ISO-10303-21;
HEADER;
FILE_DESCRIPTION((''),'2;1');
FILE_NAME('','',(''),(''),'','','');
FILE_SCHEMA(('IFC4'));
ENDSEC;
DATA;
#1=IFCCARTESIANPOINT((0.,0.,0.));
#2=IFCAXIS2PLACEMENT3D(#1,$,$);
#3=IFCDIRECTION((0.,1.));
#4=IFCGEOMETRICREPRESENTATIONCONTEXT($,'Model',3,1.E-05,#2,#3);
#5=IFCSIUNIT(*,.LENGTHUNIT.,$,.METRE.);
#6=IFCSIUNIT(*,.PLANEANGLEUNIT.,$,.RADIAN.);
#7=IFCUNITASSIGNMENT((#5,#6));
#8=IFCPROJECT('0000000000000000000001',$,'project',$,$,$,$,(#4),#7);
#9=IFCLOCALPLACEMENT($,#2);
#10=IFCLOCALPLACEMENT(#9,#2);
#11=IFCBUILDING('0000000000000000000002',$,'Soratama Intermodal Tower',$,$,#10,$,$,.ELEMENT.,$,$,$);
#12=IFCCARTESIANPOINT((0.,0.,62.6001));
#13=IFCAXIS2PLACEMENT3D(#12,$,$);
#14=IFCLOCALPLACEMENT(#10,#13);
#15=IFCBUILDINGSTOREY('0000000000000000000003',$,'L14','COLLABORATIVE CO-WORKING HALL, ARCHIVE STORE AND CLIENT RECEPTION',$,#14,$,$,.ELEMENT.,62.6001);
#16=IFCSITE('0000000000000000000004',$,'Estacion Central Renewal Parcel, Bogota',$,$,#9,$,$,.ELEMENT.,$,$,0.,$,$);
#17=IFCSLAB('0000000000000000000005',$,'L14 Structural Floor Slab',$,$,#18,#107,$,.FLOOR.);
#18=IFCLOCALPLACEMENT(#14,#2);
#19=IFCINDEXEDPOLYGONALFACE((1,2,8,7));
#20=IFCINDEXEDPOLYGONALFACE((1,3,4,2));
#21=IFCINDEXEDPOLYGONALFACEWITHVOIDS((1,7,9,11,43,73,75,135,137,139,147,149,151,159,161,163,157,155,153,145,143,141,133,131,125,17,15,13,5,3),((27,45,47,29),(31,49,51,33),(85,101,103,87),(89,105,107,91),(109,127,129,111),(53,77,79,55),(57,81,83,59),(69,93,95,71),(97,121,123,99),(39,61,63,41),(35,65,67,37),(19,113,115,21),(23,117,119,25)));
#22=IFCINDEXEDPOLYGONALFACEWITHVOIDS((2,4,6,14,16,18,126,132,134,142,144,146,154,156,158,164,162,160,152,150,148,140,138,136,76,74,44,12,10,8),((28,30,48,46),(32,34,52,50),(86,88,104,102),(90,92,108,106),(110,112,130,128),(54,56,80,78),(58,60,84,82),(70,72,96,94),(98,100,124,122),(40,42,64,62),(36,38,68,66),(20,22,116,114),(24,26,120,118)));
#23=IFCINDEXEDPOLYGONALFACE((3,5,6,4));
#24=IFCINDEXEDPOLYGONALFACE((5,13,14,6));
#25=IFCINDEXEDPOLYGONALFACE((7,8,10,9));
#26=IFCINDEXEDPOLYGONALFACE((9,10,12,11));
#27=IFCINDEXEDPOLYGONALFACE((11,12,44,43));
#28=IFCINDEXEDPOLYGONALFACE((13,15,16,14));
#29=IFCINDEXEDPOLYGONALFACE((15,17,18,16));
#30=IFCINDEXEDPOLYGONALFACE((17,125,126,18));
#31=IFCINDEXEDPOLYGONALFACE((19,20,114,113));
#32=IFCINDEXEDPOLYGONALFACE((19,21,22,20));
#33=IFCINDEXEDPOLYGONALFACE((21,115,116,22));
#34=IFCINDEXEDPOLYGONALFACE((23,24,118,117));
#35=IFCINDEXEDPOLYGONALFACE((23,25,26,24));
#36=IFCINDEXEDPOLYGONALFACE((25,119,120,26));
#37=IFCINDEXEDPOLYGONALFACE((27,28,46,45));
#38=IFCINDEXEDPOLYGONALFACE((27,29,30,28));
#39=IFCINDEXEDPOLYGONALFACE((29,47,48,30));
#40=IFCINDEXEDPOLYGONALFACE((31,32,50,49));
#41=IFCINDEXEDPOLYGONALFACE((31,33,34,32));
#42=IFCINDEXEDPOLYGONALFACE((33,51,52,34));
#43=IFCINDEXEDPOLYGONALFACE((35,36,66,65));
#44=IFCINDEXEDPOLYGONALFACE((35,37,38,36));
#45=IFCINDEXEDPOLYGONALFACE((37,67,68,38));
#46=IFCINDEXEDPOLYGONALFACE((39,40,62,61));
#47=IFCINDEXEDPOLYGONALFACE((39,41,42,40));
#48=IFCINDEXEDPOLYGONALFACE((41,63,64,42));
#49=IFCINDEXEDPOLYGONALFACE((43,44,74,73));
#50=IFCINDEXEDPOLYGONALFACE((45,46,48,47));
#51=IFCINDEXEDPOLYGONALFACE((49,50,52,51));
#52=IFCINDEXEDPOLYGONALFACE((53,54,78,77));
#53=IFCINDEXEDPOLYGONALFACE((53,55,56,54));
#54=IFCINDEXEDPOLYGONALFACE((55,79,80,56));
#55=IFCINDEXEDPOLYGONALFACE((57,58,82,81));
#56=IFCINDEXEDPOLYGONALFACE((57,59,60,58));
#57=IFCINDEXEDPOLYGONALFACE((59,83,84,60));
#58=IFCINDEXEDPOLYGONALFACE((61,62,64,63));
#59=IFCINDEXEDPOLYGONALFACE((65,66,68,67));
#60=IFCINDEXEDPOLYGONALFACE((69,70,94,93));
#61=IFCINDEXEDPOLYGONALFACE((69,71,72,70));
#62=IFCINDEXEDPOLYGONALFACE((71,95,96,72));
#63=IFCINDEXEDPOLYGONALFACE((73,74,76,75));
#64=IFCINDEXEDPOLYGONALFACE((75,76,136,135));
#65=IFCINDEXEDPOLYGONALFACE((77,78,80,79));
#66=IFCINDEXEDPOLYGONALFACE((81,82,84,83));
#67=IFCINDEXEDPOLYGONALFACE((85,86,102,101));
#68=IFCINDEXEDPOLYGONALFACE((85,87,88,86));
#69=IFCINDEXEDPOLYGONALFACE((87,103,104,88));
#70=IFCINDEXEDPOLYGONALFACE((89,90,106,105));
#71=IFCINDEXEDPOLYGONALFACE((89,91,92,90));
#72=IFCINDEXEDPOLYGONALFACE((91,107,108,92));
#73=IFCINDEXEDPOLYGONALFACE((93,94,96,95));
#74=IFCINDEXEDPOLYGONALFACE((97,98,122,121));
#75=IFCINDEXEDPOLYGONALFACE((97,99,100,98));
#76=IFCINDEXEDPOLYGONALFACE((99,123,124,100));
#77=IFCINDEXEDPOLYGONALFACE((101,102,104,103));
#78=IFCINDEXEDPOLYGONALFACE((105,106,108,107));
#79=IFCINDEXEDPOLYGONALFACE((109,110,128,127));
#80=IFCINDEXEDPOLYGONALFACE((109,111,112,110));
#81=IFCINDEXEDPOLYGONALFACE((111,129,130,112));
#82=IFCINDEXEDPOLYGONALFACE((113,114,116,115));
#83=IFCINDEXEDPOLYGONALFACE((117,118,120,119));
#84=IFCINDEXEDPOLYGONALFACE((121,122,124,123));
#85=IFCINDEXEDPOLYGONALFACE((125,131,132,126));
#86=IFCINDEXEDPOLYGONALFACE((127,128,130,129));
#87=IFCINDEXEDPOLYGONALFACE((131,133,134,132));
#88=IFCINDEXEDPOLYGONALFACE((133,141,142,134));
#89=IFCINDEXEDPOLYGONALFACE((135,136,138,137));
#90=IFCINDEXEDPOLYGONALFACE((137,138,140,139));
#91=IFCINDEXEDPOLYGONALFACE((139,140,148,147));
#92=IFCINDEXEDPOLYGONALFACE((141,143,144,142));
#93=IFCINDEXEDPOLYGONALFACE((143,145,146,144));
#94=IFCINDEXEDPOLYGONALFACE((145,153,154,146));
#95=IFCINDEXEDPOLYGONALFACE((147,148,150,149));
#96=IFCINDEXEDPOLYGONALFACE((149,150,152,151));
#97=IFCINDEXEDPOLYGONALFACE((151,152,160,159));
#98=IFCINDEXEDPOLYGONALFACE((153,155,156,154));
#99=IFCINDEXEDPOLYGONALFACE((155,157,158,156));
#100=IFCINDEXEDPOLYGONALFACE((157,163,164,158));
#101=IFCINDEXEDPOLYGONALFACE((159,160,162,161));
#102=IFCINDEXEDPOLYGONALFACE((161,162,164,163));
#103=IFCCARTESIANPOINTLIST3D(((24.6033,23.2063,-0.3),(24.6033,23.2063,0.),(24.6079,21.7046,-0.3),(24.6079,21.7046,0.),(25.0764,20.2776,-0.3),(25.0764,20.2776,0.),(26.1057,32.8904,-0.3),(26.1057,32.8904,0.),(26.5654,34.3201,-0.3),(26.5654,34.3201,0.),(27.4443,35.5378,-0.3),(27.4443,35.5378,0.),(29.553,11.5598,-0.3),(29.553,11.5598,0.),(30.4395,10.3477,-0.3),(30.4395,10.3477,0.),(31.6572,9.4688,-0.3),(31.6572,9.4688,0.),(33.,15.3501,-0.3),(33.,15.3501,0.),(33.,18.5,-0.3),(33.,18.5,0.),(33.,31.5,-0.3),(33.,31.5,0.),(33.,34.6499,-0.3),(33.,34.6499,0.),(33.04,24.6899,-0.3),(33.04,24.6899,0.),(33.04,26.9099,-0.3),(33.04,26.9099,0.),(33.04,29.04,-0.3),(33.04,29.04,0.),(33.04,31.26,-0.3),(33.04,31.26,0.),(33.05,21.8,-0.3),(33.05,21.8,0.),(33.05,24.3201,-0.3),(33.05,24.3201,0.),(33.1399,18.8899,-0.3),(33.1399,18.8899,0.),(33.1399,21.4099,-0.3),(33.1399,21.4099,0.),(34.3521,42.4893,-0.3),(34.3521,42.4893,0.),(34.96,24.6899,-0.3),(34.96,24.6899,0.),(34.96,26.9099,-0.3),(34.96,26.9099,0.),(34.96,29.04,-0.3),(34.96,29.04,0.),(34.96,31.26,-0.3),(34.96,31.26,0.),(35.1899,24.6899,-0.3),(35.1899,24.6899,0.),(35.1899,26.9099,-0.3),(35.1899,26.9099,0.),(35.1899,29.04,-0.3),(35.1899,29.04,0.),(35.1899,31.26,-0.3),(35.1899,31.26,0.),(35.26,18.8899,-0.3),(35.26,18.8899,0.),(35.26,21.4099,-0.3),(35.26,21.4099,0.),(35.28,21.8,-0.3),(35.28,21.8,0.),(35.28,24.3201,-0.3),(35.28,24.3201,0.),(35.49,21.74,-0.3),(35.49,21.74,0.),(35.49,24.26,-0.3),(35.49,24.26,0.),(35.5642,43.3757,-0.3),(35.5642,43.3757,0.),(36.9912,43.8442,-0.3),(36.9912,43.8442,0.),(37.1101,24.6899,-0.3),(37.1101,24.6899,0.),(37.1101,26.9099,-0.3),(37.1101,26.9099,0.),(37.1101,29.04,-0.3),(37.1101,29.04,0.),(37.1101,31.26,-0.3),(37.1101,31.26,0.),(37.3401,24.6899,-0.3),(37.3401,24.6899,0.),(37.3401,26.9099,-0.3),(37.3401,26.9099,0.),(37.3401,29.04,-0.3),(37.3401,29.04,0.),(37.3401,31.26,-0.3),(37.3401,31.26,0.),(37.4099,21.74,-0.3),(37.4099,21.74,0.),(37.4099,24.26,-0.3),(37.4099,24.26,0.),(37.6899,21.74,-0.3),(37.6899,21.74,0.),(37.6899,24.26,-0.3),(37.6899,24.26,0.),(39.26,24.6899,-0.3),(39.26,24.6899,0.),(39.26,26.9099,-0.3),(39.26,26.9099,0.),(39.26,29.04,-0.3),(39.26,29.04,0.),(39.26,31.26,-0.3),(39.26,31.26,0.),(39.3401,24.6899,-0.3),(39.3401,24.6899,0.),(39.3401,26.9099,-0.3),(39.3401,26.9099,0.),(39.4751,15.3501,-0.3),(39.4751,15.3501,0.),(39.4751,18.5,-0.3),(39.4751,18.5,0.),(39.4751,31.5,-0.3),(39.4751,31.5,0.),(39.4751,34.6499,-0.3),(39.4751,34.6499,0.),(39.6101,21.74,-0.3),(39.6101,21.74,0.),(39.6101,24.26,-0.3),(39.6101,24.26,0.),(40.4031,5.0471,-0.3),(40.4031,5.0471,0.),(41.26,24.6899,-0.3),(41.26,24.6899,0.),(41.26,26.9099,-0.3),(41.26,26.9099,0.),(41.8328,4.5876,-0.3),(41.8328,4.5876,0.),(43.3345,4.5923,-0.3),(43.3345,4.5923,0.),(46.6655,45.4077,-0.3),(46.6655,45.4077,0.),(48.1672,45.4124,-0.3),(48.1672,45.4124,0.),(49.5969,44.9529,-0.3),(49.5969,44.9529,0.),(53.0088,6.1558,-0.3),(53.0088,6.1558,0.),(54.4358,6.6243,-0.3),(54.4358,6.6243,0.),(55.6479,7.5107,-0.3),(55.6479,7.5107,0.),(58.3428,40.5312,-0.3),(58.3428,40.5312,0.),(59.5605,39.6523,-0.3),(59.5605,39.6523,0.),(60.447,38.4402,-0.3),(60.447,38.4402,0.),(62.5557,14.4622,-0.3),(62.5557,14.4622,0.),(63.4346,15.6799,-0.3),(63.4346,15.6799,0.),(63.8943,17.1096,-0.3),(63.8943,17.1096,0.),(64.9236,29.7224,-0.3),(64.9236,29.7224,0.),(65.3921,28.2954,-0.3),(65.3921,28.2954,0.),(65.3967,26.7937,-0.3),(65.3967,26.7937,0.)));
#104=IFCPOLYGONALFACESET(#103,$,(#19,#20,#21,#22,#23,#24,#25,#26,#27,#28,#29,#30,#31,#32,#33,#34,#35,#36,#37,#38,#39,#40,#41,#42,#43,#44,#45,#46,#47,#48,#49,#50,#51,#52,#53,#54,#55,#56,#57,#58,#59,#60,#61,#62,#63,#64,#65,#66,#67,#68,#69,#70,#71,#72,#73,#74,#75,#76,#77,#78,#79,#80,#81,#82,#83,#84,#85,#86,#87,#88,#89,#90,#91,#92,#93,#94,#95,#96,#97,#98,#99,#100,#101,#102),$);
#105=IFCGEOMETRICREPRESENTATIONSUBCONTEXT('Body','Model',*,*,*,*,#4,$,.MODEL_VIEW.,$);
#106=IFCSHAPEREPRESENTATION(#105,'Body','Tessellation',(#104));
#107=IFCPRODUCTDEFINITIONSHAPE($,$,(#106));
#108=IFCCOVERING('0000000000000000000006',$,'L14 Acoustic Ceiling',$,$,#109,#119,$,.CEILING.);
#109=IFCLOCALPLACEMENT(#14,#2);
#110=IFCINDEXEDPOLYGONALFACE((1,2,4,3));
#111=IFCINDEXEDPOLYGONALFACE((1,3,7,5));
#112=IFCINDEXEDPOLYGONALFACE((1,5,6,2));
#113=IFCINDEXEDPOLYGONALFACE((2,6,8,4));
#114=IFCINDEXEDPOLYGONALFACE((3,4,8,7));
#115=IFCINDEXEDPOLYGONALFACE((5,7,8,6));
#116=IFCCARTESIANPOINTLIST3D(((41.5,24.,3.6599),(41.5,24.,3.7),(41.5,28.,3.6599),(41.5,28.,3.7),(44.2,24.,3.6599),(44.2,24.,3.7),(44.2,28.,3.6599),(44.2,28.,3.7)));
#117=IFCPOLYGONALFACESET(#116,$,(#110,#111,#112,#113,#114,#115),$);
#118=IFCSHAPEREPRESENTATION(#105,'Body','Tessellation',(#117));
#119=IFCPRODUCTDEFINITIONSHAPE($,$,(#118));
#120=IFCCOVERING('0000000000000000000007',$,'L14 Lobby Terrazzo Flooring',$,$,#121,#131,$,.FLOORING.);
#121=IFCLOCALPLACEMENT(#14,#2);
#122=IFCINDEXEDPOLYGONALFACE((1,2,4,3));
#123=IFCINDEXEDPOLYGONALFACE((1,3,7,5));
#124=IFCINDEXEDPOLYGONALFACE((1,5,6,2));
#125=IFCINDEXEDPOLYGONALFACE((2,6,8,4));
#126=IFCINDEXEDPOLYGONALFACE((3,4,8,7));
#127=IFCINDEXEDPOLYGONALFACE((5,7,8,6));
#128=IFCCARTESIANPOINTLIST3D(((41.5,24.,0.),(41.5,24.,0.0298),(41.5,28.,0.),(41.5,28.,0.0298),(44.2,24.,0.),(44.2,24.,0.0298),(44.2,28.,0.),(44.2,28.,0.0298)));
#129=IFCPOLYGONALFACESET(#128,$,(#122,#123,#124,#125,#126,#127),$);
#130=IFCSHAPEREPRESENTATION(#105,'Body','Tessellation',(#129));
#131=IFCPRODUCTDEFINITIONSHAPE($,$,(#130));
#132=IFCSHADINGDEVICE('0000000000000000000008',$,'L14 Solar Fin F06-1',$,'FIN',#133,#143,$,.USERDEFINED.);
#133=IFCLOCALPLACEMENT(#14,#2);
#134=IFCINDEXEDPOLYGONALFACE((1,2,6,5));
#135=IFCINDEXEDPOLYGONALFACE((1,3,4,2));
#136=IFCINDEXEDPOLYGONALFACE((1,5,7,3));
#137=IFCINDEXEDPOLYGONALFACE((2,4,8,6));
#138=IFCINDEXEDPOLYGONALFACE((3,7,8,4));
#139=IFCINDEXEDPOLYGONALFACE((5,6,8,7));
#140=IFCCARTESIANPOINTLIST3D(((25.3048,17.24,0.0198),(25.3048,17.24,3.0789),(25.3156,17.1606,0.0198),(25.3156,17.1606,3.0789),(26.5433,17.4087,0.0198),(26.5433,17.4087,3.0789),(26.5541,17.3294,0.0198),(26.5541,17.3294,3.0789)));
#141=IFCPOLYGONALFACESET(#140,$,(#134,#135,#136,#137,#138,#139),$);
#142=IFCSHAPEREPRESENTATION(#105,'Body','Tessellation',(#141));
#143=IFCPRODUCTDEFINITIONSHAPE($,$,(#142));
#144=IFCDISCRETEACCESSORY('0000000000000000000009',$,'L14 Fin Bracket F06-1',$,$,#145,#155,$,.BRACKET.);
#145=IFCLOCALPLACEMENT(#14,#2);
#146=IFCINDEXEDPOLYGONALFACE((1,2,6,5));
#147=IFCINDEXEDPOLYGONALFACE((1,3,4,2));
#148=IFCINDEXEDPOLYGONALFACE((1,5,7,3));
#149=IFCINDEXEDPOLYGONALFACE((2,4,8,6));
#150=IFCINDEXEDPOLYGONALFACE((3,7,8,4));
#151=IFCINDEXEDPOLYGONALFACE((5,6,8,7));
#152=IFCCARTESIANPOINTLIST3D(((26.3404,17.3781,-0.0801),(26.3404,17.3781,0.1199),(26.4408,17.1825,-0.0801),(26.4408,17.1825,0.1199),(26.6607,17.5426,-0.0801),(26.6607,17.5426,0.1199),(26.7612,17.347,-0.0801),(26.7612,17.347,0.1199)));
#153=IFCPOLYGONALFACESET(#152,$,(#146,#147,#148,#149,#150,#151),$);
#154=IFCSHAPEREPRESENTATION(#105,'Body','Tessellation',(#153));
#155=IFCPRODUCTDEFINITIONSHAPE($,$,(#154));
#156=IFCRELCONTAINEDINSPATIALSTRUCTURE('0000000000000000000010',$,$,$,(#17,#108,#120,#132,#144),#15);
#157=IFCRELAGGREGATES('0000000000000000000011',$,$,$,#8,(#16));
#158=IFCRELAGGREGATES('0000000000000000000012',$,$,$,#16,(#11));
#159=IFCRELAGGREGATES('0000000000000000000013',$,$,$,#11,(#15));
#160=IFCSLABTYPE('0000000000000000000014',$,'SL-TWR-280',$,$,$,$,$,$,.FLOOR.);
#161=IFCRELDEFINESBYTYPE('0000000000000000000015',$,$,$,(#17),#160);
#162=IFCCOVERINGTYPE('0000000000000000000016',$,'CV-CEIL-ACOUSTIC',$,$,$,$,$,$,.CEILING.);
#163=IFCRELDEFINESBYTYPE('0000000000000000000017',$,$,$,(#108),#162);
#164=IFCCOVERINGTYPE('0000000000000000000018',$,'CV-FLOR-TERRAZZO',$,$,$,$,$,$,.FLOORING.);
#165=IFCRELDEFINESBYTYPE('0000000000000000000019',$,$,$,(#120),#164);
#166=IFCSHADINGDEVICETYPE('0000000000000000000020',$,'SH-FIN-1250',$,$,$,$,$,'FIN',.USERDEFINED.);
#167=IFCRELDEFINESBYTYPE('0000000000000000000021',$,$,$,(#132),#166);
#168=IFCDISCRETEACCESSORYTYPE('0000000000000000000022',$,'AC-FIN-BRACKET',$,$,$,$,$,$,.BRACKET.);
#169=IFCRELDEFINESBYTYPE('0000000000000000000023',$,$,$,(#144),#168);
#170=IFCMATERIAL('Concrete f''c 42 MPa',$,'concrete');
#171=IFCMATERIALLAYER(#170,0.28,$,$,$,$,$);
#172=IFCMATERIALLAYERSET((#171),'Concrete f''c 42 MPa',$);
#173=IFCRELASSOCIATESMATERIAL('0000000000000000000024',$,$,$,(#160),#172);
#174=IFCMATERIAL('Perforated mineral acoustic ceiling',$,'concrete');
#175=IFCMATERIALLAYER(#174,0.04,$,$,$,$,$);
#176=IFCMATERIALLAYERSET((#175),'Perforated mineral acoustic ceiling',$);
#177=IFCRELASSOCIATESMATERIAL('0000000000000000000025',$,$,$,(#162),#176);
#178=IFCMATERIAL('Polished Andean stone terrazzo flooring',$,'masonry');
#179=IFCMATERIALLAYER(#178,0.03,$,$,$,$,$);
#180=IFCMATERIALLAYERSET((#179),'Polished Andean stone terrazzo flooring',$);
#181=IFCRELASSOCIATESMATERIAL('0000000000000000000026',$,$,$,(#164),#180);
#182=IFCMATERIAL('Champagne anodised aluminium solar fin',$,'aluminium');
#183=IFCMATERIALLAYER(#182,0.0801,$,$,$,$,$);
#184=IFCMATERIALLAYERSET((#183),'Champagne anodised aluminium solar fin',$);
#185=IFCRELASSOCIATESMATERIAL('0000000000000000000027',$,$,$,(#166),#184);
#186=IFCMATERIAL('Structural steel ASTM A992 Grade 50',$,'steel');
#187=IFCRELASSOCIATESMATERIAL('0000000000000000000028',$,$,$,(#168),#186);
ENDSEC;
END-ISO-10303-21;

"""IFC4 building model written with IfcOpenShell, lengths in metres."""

from ifc_helpers import new_model, si_unit, direction, frame, origin, origin_2d, place, context, subcontext, project, spatial, polyline, rectangle, outline, extrude, material, layer, layer_set, type_object, element, save


model = new_model("IFC4")

# Units and contexts
model_context = context("Model", 3, precision=1e-05, world=origin(), true_north=direction((0.0, 1.0)))
body_context = subcontext(model_context, "Body", "Model", "MODEL_VIEW")
ifc_project = project(units=[si_unit("LENGTHUNIT", "METRE"), si_unit("PLANEANGLEUNIT", "RADIAN")], contexts=[model_context])

# Site, building, storey
site_placement = place(None, origin())
site = spatial("IfcSite", under=ifc_project, at=site_placement, Name="Estacion Central Renewal Parcel, Bogota", CompositionType="ELEMENT", RefElevation=0.0)
building_placement = place(site_placement, origin())
building = spatial("IfcBuilding", under=site, at=building_placement, Name="Soratama Intermodal Tower", CompositionType="ELEMENT")
storey_placement = place(building_placement, frame((0.0, 0.0, 62.6001)))
storey = spatial("IfcBuildingStorey", under=building, at=storey_placement, Name="L14", Description="COLLABORATIVE CO-WORKING HALL, ARCHIVE STORE AND CLIENT RECEPTION", CompositionType="ELEMENT", Elevation=62.6001)

# Slab
ifc_material_1 = material(Name="Concrete f'c 42 MPa", Category="concrete")
ifc_layer_1 = layer(ifc_material_1, 0.28)
ifc_layer_set_1 = layer_set([ifc_layer_1], Name="Concrete f'c 42 MPa")
slab_type_1 = type_object("IfcSlabType", Name="SL-TWR-280", PredefinedType="FLOOR", material=ifc_layer_set_1)
slab_1_placement = place(storey_placement, frame((0.0, 0.0, -0.3)))
element("IfcSlab", 1, at=slab_1_placement, inside=storey, type_object=slab_type_1, Name="L14 Structural Floor Slab", PredefinedType="FLOOR", context=body_context, shape_type="SweptSolid", body=[
    extrude(outline(polyline([(65.3967, 26.7937), (65.3921, 28.2954), (64.9236, 29.7224), (60.447, 38.4402), (59.5605, 39.6523), (58.3428, 40.5312), (49.5969, 44.9529), (48.1672, 45.4124), (46.6655, 45.4077), (36.9912, 43.8442), (35.5642, 43.3757), (34.3521, 42.4893), (27.4443, 35.5378), (26.5654, 34.3201), (26.1057, 32.8904), (24.6033, 23.2063), (24.6079, 21.7046), (25.0764, 20.2776), (29.553, 11.5598), (30.4395, 10.3477), (31.6572, 9.4688), (40.4031, 5.0471), (41.8328, 4.5876), (43.3345, 4.5923), (53.0088, 6.1558), (54.4358, 6.6243), (55.6479, 7.5107), (62.5557, 14.4622), (63.4346, 15.6799), (63.8943, 17.1096), (65.3967, 26.7937)]), holes=[polyline([(33.0, 18.5), (33.0, 15.3501), (39.4751, 15.3501), (39.4751, 18.5), (33.0, 18.5)]), polyline([(35.26, 18.8899), (35.26, 21.4099), (33.1399, 21.4099), (33.1399, 18.8899), (35.26, 18.8899)]), polyline([(33.05, 21.8), (35.28, 21.8), (35.28, 24.3201), (33.05, 24.3201), (33.05, 21.8)]), polyline([(34.96, 26.9099), (33.04, 26.9099), (33.04, 24.6899), (34.96, 24.6899), (34.96, 26.9099)]), polyline([(37.1101, 24.6899), (37.1101, 26.9099), (35.1899, 26.9099), (35.1899, 24.6899), (37.1101, 24.6899)]), polyline([(34.96, 29.04), (34.96, 31.26), (33.04, 31.26), (33.04, 29.04), (34.96, 29.04)]), polyline([(37.1101, 31.26), (35.1899, 31.26), (35.1899, 29.04), (37.1101, 29.04), (37.1101, 31.26)]), polyline([(37.4099, 21.74), (37.4099, 24.26), (35.49, 24.26), (35.49, 21.74), (37.4099, 21.74)]), polyline([(39.6101, 21.74), (39.6101, 24.26), (37.6899, 24.26), (37.6899, 21.74), (39.6101, 21.74)]), polyline([(39.26, 24.6899), (39.26, 26.9099), (37.3401, 26.9099), (37.3401, 24.6899), (39.26, 24.6899)]), polyline([(41.26, 24.6899), (41.26, 26.9099), (39.3401, 26.9099), (39.3401, 24.6899), (41.26, 24.6899)]), polyline([(39.26, 29.04), (39.26, 31.26), (37.3401, 31.26), (37.3401, 29.04), (39.26, 29.04)]), polyline([(39.4751, 34.6499), (33.0, 34.6499), (33.0, 31.5), (39.4751, 31.5), (39.4751, 34.6499)])]), origin(), (0.0, 0.0, 1.0), 0.3),
])

# Coverings
ifc_material_2 = material(Name="Perforated mineral acoustic ceiling", Category="concrete")
ifc_layer_2 = layer(ifc_material_2, 0.04)
ifc_layer_set_2 = layer_set([ifc_layer_2], Name="Perforated mineral acoustic ceiling")
covering_type_1 = type_object("IfcCoveringType", Name="CV-CEIL-ACOUSTIC", PredefinedType="CEILING", material=ifc_layer_set_2)
covering_1_placement = place(storey_placement, frame((0.0, 0.0, 3.6599)))
element("IfcCovering", 2, at=covering_1_placement, inside=storey, type_object=covering_type_1, Name="L14 Acoustic Ceiling", PredefinedType="CEILING", context=body_context, shape_type="SweptSolid", body=[
    extrude(outline(polyline([(41.5, 24.0), (44.2, 24.0), (44.2, 28.0), (41.5, 28.0), (41.5, 24.0)])), origin(), (0.0, 0.0, 1.0), 0.04),
])
ifc_material_3 = material(Name="Polished Andean stone terrazzo flooring", Category="masonry")
ifc_layer_3 = layer(ifc_material_3, 0.03)
ifc_layer_set_3 = layer_set([ifc_layer_3], Name="Polished Andean stone terrazzo flooring")
covering_type_2 = type_object("IfcCoveringType", Name="CV-FLOR-TERRAZZO", PredefinedType="FLOORING", material=ifc_layer_set_3)
covering_2_placement = place(storey_placement, origin())
element("IfcCovering", 3, at=covering_2_placement, inside=storey, type_object=covering_type_2, Name="L14 Lobby Terrazzo Flooring", PredefinedType="FLOORING", context=body_context, shape_type="SweptSolid", body=[
    extrude(outline(polyline([(41.5, 24.0), (44.2, 24.0), (44.2, 28.0), (41.5, 28.0), (41.5, 24.0)])), origin(), (0.0, 0.0, 1.0), 0.0298),
])

# Shading device
ifc_material_4 = material(Name="Champagne anodised aluminium solar fin", Category="aluminium")
ifc_layer_4 = layer(ifc_material_4, 0.0801)
ifc_layer_set_4 = layer_set([ifc_layer_4], Name="Champagne anodised aluminium solar fin")
shading_device_type = type_object("IfcShadingDeviceType", Name="SH-FIN-1250", ElementType="FIN", PredefinedType="USERDEFINED", material=ifc_layer_set_4)
shading_device_placement = place(storey_placement, frame((25.9294, 17.2847, 0.0198), z_axis=(0.0, 0.0, 1.0), x_axis=(-0.990842, -0.135024, 0.0)))
element("IfcShadingDevice", 4, at=shading_device_placement, inside=storey, type_object=shading_device_type, Name="L14 Solar Fin F06-1", ObjectType="FIN", PredefinedType="USERDEFINED", context=body_context, shape_type="SweptSolid", body=[
    extrude(rectangle(XDim=1.25, YDim=0.0801, at=origin_2d()), origin(), (0.0, 0.0, 1.0), 3.0591),
])

# Discrete accessory
ifc_material_5 = material(Name="Structural steel ASTM A992 Grade 50", Category="steel")
discrete_accessory_type = type_object("IfcDiscreteAccessoryType", Name="AC-FIN-BRACKET", PredefinedType="BRACKET", material=ifc_material_5)
discrete_accessory_placement = place(storey_placement, frame((26.5508, 17.3625, -0.0801), z_axis=(0.0, 0.0, 1.0), x_axis=(-0.889576, -0.456787, 0.0)))
element("IfcDiscreteAccessory", 5, at=discrete_accessory_placement, inside=storey, type_object=discrete_accessory_type, Name="L14 Fin Bracket F06-1", PredefinedType="BRACKET", context=body_context, shape_type="SweptSolid", body=[
    extrude(rectangle(XDim=0.3601, YDim=0.22, at=origin_2d()), origin(), (0.0, 0.0, 1.0), 0.2),
])

save(model, "model.ifc")
